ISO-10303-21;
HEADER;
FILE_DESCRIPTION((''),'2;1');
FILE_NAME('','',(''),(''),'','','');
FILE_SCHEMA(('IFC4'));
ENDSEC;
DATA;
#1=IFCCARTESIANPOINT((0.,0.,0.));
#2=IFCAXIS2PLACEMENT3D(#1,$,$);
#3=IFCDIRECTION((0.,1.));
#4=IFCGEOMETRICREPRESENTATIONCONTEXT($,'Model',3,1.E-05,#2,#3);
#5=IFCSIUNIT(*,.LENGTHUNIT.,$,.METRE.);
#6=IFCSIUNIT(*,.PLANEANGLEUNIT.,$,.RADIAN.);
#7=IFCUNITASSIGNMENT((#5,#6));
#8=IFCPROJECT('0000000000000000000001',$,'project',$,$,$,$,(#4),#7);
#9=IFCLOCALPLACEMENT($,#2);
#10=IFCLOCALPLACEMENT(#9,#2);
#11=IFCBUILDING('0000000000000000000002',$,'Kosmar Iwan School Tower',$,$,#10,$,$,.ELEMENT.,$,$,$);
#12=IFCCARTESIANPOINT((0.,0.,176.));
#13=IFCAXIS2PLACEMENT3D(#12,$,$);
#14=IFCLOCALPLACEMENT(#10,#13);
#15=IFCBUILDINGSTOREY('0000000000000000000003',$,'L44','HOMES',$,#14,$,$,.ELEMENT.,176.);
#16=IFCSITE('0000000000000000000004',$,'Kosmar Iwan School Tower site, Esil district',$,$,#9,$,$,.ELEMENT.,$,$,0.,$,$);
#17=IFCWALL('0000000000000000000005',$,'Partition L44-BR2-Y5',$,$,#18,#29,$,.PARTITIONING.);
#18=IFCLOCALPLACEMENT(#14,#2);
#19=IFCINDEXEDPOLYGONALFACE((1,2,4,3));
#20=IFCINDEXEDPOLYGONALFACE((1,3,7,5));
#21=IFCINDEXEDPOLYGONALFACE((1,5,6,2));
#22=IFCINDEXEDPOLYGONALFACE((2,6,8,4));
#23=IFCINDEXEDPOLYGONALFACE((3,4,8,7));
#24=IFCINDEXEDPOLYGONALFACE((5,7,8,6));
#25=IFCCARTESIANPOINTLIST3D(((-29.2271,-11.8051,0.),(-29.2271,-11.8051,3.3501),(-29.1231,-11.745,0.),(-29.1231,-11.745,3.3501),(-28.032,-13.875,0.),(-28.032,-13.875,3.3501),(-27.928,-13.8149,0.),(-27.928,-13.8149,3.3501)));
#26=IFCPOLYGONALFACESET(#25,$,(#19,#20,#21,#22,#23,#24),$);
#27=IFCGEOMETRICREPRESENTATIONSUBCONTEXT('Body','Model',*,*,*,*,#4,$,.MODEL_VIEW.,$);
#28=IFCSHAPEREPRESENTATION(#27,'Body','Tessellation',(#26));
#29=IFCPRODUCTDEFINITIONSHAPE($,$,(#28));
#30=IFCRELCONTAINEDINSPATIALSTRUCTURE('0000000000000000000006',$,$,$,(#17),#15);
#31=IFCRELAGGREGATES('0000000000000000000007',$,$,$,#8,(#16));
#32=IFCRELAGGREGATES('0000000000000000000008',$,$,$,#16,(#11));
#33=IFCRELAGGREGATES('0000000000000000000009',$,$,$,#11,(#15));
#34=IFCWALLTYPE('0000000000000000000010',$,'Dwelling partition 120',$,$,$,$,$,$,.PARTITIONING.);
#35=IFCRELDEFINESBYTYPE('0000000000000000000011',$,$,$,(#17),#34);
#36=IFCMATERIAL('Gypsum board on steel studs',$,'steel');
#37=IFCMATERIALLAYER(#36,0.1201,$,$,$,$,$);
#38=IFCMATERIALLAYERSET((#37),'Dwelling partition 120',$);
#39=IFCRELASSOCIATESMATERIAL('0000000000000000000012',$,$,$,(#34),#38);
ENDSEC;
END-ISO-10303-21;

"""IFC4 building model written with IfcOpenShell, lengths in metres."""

from ifc_helpers import new_model, si_unit, direction, frame, frame_2d, origin, place, context, subcontext, project, spatial, rectangle, extrude, material, layer, layer_set, type_object, element, save


model = new_model("IFC4")

# Units and contexts
model_context = context("Model", 3, precision=1e-05, world=origin(), true_north=direction((0.0, 1.0)))
body_context = subcontext(model_context, "Body", "Model", "MODEL_VIEW")
ifc_project = project(units=[si_unit("LENGTHUNIT", "METRE"), si_unit("PLANEANGLEUNIT", "RADIAN")], contexts=[model_context])

# Site, building, storey
site_placement = place(None, origin())
site = spatial("IfcSite", under=ifc_project, at=site_placement, Name="Kosmar Iwan School Tower site, Esil district", CompositionType="ELEMENT", RefElevation=0.0)
building_placement = place(site_placement, origin())
building = spatial("IfcBuilding", under=site, at=building_placement, Name="Kosmar Iwan School Tower", CompositionType="ELEMENT")
storey_placement = place(building_placement, frame((0.0, 0.0, 176.0)))
storey = spatial("IfcBuildingStorey", under=building, at=storey_placement, Name="L44", Description="HOMES", CompositionType="ELEMENT", Elevation=176.0)

# Wall
ifc_material_1 = material(Name="Gypsum board on steel studs", Category="steel")
ifc_layer_1 = layer(ifc_material_1, 0.1201)
ifc_layer_set_1 = layer_set([ifc_layer_1], Name="Dwelling partition 120")
wall_type_1 = type_object("IfcWallType", Name="Dwelling partition 120", PredefinedType="PARTITIONING", material=ifc_layer_set_1)
wall_1_placement = place(storey_placement, frame((-27.98, -13.845, 0.0), z_axis=(0.0, 0.0, 1.0), x_axis=(-0.500017, 0.866015, 0.0)))
element("IfcWall", 1, at=wall_1_placement, inside=storey, type_object=wall_type_1, Name="Partition L44-BR2-Y5", PredefinedType="PARTITIONING", context=body_context, shape_type="SweptSolid", body=[
    extrude(rectangle(XDim=2.3901, YDim=0.1201, at=frame_2d((1.1951, 0.0))), origin(), (0.0, 0.0, 1.0), 3.3501),
])

save(model, "model.ifc")
